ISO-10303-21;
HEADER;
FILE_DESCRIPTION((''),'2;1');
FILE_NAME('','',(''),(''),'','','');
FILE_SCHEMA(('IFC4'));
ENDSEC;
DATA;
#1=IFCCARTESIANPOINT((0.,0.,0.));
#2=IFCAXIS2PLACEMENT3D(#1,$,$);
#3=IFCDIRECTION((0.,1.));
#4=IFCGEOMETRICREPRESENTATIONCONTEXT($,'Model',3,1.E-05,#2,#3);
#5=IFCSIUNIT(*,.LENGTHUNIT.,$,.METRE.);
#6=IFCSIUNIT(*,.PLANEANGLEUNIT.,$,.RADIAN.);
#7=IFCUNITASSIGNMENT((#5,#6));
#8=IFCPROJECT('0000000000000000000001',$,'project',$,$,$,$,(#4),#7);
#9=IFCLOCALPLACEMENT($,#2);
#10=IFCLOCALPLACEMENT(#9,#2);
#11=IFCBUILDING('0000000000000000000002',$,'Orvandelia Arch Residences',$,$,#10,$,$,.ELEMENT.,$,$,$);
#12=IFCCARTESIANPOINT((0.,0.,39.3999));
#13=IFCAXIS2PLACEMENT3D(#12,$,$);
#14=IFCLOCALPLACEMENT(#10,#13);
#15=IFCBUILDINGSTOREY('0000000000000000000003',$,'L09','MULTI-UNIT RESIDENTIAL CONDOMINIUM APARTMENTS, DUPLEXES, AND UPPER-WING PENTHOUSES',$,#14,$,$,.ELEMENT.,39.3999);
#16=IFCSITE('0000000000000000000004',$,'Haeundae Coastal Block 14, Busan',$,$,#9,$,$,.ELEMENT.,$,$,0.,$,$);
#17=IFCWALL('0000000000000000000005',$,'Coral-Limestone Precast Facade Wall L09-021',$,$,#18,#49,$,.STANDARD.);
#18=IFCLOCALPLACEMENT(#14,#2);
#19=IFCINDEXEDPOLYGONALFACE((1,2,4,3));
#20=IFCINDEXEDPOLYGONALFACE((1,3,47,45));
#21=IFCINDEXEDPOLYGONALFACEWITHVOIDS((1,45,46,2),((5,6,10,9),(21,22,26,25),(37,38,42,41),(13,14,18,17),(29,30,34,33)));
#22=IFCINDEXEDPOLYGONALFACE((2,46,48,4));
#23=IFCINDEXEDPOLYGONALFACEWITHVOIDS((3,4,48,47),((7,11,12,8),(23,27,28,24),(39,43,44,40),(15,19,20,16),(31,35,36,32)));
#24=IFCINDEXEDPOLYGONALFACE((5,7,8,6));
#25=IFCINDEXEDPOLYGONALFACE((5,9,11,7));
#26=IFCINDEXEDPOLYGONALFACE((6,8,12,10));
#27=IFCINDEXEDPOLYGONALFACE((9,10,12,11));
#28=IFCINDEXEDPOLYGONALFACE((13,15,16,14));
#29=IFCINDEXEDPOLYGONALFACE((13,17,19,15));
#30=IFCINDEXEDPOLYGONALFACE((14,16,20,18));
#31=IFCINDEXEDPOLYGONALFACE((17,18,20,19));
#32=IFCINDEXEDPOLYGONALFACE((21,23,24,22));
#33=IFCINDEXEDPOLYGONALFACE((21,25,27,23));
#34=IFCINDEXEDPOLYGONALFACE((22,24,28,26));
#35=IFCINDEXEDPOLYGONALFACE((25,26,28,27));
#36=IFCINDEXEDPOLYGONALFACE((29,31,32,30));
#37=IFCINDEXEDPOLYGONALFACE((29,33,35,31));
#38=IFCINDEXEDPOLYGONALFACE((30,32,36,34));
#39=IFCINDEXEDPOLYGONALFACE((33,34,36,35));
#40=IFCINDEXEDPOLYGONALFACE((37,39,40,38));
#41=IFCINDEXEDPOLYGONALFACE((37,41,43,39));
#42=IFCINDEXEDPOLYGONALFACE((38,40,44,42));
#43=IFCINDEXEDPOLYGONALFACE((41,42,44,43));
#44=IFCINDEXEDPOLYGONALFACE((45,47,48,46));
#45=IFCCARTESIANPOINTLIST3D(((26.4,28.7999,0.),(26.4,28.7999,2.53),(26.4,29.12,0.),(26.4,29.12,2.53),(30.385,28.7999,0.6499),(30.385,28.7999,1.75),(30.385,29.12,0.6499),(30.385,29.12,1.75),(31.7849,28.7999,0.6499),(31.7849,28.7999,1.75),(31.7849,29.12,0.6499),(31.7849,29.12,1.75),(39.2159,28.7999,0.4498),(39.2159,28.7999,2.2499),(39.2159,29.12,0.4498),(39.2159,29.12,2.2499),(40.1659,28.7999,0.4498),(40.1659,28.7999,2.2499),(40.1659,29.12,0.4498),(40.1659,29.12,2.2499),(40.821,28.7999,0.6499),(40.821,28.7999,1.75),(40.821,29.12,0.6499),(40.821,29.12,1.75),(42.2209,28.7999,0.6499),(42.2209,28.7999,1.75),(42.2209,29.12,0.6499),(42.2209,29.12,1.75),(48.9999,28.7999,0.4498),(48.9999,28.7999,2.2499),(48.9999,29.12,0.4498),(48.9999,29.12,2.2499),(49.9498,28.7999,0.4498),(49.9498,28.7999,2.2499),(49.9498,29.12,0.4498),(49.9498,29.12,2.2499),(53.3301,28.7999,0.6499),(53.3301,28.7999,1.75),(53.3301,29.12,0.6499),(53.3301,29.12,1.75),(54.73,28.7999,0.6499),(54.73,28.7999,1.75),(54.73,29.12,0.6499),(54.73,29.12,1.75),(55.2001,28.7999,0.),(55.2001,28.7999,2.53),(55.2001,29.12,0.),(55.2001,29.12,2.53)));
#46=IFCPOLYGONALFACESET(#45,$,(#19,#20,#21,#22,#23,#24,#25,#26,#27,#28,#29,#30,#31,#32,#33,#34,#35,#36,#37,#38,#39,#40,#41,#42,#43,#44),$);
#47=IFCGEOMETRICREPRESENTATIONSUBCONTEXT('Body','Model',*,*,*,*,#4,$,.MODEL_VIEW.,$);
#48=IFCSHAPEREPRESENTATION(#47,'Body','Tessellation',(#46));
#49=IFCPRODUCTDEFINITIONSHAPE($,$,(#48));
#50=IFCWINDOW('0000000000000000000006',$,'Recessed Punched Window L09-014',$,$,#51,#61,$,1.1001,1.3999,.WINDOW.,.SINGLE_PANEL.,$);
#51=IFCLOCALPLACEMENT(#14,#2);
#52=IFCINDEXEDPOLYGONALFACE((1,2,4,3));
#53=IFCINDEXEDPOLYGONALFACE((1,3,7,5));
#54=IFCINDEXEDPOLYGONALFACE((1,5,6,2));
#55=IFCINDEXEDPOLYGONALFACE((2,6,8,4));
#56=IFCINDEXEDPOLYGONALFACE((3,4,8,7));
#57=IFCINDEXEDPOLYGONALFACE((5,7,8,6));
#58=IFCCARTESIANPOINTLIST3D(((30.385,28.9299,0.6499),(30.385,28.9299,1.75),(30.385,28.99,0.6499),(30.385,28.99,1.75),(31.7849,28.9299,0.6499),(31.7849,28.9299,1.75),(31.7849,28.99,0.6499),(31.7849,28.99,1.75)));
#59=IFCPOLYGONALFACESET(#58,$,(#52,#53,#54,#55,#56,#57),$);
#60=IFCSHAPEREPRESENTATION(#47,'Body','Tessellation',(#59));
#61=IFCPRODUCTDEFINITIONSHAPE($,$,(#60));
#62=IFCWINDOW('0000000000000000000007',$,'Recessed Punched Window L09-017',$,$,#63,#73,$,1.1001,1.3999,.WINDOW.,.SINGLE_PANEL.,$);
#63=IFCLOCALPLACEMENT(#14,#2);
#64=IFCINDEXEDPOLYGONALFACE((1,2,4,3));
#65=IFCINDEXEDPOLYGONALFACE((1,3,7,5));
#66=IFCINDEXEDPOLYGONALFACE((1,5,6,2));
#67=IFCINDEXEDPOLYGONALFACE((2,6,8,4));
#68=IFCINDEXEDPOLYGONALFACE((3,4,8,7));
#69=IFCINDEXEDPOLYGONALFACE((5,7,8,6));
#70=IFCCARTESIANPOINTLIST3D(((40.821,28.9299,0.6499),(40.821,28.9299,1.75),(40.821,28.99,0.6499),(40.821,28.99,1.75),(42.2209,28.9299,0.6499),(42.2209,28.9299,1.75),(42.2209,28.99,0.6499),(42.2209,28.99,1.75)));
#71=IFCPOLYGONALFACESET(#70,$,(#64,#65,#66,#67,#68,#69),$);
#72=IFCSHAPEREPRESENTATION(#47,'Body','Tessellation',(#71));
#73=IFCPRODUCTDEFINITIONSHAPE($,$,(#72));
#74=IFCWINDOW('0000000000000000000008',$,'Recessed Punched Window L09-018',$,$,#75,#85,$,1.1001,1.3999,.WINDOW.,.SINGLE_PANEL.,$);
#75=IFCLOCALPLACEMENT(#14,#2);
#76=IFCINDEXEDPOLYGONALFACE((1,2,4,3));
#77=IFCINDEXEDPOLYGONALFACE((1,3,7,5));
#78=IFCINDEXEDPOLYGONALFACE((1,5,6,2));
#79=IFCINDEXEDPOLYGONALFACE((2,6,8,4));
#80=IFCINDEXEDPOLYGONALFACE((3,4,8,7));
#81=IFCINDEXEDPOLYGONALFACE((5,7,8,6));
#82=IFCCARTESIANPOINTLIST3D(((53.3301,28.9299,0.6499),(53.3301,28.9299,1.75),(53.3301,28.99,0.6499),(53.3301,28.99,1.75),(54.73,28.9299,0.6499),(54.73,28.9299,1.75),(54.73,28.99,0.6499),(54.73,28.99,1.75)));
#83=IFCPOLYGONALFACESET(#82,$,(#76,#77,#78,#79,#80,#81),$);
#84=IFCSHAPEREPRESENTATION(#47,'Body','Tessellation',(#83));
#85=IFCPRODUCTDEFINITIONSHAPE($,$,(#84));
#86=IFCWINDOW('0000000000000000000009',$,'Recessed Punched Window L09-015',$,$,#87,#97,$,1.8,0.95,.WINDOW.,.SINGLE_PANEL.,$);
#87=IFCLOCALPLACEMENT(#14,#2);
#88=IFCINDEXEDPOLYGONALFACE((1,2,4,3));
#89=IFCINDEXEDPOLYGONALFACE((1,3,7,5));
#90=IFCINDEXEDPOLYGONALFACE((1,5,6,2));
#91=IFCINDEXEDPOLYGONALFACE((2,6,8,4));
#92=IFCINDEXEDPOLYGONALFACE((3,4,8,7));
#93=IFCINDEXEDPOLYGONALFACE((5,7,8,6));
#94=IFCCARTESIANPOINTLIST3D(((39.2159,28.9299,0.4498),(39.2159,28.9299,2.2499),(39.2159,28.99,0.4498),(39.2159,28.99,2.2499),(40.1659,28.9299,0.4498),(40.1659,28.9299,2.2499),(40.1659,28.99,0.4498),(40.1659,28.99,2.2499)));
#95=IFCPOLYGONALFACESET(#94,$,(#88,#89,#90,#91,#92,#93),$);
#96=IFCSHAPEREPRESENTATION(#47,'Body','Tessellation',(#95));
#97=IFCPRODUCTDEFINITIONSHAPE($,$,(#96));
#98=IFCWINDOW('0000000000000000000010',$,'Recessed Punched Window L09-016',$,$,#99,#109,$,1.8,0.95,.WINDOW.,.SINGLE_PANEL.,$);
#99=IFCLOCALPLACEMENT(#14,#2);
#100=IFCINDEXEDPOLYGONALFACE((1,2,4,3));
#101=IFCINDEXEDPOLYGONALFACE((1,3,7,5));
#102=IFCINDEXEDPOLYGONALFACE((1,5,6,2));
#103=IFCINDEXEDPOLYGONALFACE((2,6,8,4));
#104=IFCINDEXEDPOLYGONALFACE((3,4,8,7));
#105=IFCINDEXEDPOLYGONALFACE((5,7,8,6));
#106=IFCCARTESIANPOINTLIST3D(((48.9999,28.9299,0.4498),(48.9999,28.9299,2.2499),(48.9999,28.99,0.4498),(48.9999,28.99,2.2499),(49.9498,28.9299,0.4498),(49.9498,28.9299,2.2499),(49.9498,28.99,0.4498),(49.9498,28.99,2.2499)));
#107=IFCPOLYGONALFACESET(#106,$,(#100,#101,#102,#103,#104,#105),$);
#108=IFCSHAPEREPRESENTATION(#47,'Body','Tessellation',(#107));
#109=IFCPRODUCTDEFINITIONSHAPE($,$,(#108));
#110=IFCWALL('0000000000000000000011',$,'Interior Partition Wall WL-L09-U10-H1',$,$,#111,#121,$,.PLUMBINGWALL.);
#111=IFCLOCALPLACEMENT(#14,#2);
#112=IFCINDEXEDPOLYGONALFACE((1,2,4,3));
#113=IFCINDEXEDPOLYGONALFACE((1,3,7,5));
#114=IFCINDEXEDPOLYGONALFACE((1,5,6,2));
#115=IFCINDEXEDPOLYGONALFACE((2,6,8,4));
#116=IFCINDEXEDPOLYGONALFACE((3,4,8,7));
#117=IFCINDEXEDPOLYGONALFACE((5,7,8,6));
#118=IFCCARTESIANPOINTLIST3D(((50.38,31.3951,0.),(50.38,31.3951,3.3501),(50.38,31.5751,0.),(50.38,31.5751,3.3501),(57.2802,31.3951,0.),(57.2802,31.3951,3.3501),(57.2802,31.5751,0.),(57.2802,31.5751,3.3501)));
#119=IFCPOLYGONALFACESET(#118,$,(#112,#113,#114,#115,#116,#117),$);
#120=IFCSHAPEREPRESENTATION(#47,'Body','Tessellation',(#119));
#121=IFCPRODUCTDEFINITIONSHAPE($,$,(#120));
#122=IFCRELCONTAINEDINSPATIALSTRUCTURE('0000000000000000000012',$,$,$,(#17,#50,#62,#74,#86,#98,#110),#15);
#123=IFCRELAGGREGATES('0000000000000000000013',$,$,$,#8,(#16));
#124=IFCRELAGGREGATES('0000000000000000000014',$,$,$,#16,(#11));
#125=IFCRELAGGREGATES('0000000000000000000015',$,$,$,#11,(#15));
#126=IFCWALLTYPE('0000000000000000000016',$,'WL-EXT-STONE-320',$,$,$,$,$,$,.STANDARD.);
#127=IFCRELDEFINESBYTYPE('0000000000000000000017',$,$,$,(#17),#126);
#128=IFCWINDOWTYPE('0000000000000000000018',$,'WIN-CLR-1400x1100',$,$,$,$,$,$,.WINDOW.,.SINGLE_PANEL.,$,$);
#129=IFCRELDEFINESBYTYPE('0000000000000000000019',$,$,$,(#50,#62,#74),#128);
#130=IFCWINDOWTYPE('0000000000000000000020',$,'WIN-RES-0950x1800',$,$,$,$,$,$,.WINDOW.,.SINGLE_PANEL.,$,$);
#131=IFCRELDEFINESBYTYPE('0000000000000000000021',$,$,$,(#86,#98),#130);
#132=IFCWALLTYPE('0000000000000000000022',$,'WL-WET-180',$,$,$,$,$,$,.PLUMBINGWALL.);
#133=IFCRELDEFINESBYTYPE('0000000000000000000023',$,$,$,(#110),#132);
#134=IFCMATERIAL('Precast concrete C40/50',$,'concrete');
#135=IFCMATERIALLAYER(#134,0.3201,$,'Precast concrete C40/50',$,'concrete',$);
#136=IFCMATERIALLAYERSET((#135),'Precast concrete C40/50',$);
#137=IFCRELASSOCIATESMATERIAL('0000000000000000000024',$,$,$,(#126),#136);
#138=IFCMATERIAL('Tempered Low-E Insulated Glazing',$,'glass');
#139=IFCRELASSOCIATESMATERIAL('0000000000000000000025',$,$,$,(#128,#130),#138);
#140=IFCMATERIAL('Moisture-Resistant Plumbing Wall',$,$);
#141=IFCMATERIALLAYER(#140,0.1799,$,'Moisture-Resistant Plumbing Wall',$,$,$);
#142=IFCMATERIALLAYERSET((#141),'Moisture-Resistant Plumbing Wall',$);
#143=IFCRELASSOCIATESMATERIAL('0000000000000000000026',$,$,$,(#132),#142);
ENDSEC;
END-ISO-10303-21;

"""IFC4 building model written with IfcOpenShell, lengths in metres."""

from ifc_helpers import new_model, si_unit, direction, frame, frame_2d, origin, place, context, subcontext, project, spatial, rectangle, extrude, material, layer, layer_set, type_object, element, fill, save


model = new_model("IFC4")

# Units and contexts
model_context = context("Model", 3, precision=1e-05, world=origin(), true_north=direction((0.0, 1.0)))
body_context = subcontext(model_context, "Body", "Model", "MODEL_VIEW")
ifc_project = project(units=[si_unit("LENGTHUNIT", "METRE"), si_unit("PLANEANGLEUNIT", "RADIAN")], contexts=[model_context])

# Site, building, storey
site_placement = place(None, origin())
site = spatial("IfcSite", under=ifc_project, at=site_placement, Name="Haeundae Coastal Block 14, Busan", CompositionType="ELEMENT", RefElevation=0.0)
building_placement = place(site_placement, origin())
building = spatial("IfcBuilding", under=site, at=building_placement, Name="Orvandelia Arch Residences", CompositionType="ELEMENT")
storey_placement = place(building_placement, frame((0.0, 0.0, 39.3999)))
storey = spatial("IfcBuildingStorey", under=building, at=storey_placement, Name="L09", Description="MULTI-UNIT RESIDENTIAL CONDOMINIUM APARTMENTS, DUPLEXES, AND UPPER-WING PENTHOUSES", CompositionType="ELEMENT", Elevation=39.3999)

# Shared definitions
ifc_material_1 = material(Name="Precast concrete C40/50", Category="concrete")
ifc_layer_1 = layer(ifc_material_1, 0.3201, Name="Precast concrete C40/50", Category="concrete")
ifc_layer_set_1 = layer_set([ifc_layer_1], Name="Precast concrete C40/50")
wall_type_1 = type_object("IfcWallType", Name="WL-EXT-STONE-320", PredefinedType="STANDARD", material=ifc_layer_set_1)

# Wall, openings, windows
wall_1_placement = place(storey_placement, frame((55.2, 28.96, 0.0), z_axis=(0.0, 0.0, 1.0), x_axis=(-1.0, 0.0, 0.0)))
wall_1 = element("IfcWall", 1, at=wall_1_placement, inside=storey, type_object=wall_type_1, Name="Coral-Limestone Precast Facade Wall L09-021", PredefinedType="STANDARD", context=body_context, shape_type="SweptSolid", body=[
    extrude(rectangle(XDim=28.8, YDim=0.3201, at=frame_2d((14.3999, 0.0))), origin(), (0.0, 0.0, 1.0), 2.53),
])
opening_1_placement = place(wall_1_placement, frame((23.415, 0.0, 0.6499)))
opening_1 = element("IfcOpeningElement", 2, at=opening_1_placement, cuts=wall_1, PredefinedType="OPENING", context=body_context, shape_type="SweptSolid", body=[
    extrude(rectangle(XDim=1.3999, YDim=1.1001, at=frame_2d((0.7, 0.55))), frame((0.0, 0.1699, 0.0), z_axis=(0.0, -1.0, 0.0), x_axis=(1.0, 0.0, 0.0)), (0.0, 0.0, 1.0), 0.3401),
])
opening_2_placement = place(wall_1_placement, frame((15.0339, 0.0, 0.45)))
opening_2 = element("IfcOpeningElement", 3, at=opening_2_placement, cuts=wall_1, PredefinedType="OPENING", context=body_context, shape_type="SweptSolid", body=[
    extrude(rectangle(XDim=0.95, YDim=1.8, at=frame_2d((0.4751, 0.8999))), frame((0.0, 0.1699, 0.0), z_axis=(0.0, -1.0, 0.0), x_axis=(1.0, 0.0, 0.0)), (0.0, 0.0, 1.0), 0.3401),
])
opening_3_placement = place(wall_1_placement, frame((5.25, 0.0, 0.45)))
opening_3 = element("IfcOpeningElement", 4, at=opening_3_placement, cuts=wall_1, PredefinedType="OPENING", context=body_context, shape_type="SweptSolid", body=[
    extrude(rectangle(XDim=0.95, YDim=1.8, at=frame_2d((0.4751, 0.8999))), frame((0.0, 0.1699, 0.0), z_axis=(0.0, -1.0, 0.0), x_axis=(1.0, 0.0, 0.0)), (0.0, 0.0, 1.0), 0.3401),
])
opening_4_placement = place(wall_1_placement, frame((12.979, 0.0, 0.6499)))
opening_4 = element("IfcOpeningElement", 5, at=opening_4_placement, cuts=wall_1, PredefinedType="OPENING", context=body_context, shape_type="SweptSolid", body=[
    extrude(rectangle(XDim=1.3999, YDim=1.1001, at=frame_2d((0.7, 0.55))), frame((0.0, 0.1699, 0.0), z_axis=(0.0, -1.0, 0.0), x_axis=(1.0, 0.0, 0.0)), (0.0, 0.0, 1.0), 0.3401),
])
opening_5_placement = place(wall_1_placement, frame((0.47, 0.0, 0.6499)))
opening_5 = element("IfcOpeningElement", 6, at=opening_5_placement, cuts=wall_1, PredefinedType="OPENING", context=body_context, shape_type="SweptSolid", body=[
    extrude(rectangle(XDim=1.3999, YDim=1.1001, at=frame_2d((0.7, 0.55))), frame((0.0, 0.1699, 0.0), z_axis=(0.0, -1.0, 0.0), x_axis=(1.0, 0.0, 0.0)), (0.0, 0.0, 1.0), 0.3401),
])
ifc_material_2 = material(Name="Tempered Low-E Insulated Glazing", Category="glass")
window_type_1 = type_object("IfcWindowType", Name="WIN-CLR-1400x1100", PartitioningType="SINGLE_PANEL", PredefinedType="WINDOW", material=ifc_material_2)
window_1_placement = place(opening_1_placement, origin())
window_1 = element("IfcWindow", 7, at=window_1_placement, inside=storey, type_object=window_type_1, Name="Recessed Punched Window L09-014", OverallHeight=1.1001, OverallWidth=1.3999, PartitioningType="SINGLE_PANEL", PredefinedType="WINDOW", context=body_context, shape_type="SweptSolid", body=[
    extrude(rectangle(XDim=1.3999, YDim=1.1001, at=frame_2d((0.7, 0.55))), frame((0.0, 0.03, 0.0), z_axis=(0.0, -1.0, 0.0), x_axis=(1.0, 0.0, 0.0)), (0.0, 0.0, 1.0), 0.0601),
])
fill(opening_1, window_1)
window_2_placement = place(opening_4_placement, origin())
window_2 = element("IfcWindow", 8, at=window_2_placement, inside=storey, type_object=window_type_1, Name="Recessed Punched Window L09-017", OverallHeight=1.1001, OverallWidth=1.3999, PartitioningType="SINGLE_PANEL", PredefinedType="WINDOW", context=body_context, shape_type="SweptSolid", body=[
    extrude(rectangle(XDim=1.3999, YDim=1.1001, at=frame_2d((0.7, 0.55))), frame((0.0, 0.03, 0.0), z_axis=(0.0, -1.0, 0.0), x_axis=(1.0, 0.0, 0.0)), (0.0, 0.0, 1.0), 0.0601),
])
fill(opening_4, window_2)
window_3_placement = place(opening_5_placement, origin())
window_3 = element("IfcWindow", 9, at=window_3_placement, inside=storey, type_object=window_type_1, Name="Recessed Punched Window L09-018", OverallHeight=1.1001, OverallWidth=1.3999, PartitioningType="SINGLE_PANEL", PredefinedType="WINDOW", context=body_context, shape_type="SweptSolid", body=[
    extrude(rectangle(XDim=1.3999, YDim=1.1001, at=frame_2d((0.7, 0.55))), frame((0.0, 0.03, 0.0), z_axis=(0.0, -1.0, 0.0), x_axis=(1.0, 0.0, 0.0)), (0.0, 0.0, 1.0), 0.0601),
])
fill(opening_5, window_3)
window_type_2 = type_object("IfcWindowType", Name="WIN-RES-0950x1800", PartitioningType="SINGLE_PANEL", PredefinedType="WINDOW", material=ifc_material_2)
window_4_placement = place(opening_2_placement, origin())
window_4 = element("IfcWindow", 10, at=window_4_placement, inside=storey, type_object=window_type_2, Name="Recessed Punched Window L09-015", OverallHeight=1.8, OverallWidth=0.95, PartitioningType="SINGLE_PANEL", PredefinedType="WINDOW", context=body_context, shape_type="SweptSolid", body=[
    extrude(rectangle(XDim=0.95, YDim=1.8, at=frame_2d((0.4751, 0.8999))), frame((0.0, 0.03, 0.0), z_axis=(0.0, -1.0, 0.0), x_axis=(1.0, 0.0, 0.0)), (0.0, 0.0, 1.0), 0.0601),
])
fill(opening_2, window_4)
window_5_placement = place(opening_3_placement, origin())
window_5 = element("IfcWindow", 11, at=window_5_placement, inside=storey, type_object=window_type_2, Name="Recessed Punched Window L09-016", OverallHeight=1.8, OverallWidth=0.95, PartitioningType="SINGLE_PANEL", PredefinedType="WINDOW", context=body_context, shape_type="SweptSolid", body=[
    extrude(rectangle(XDim=0.95, YDim=1.8, at=frame_2d((0.4751, 0.8999))), frame((0.0, 0.03, 0.0), z_axis=(0.0, -1.0, 0.0), x_axis=(1.0, 0.0, 0.0)), (0.0, 0.0, 1.0), 0.0601),
])
fill(opening_3, window_5)

# Wall
ifc_material_3 = material(Name="Moisture-Resistant Plumbing Wall")
ifc_layer_2 = layer(ifc_material_3, 0.1799, Name="Moisture-Resistant Plumbing Wall")
ifc_layer_set_2 = layer_set([ifc_layer_2], Name="Moisture-Resistant Plumbing Wall")
wall_type_2 = type_object("IfcWallType", Name="WL-WET-180", PredefinedType="PLUMBINGWALL", material=ifc_layer_set_2)
wall_2_placement = place(storey_placement, frame((50.3799, 31.4851, 0.0), z_axis=(0.0, 0.0, 1.0), x_axis=(1.0, 0.0, 0.0)))
element("IfcWall", 12, at=wall_2_placement, inside=storey, type_object=wall_type_2, Name="Interior Partition Wall WL-L09-U10-H1", PredefinedType="PLUMBINGWALL", context=body_context, shape_type="SweptSolid", body=[
    extrude(rectangle(XDim=6.9001, YDim=0.1799, at=frame_2d((3.4502, 0.0))), origin(), (0.0, 0.0, 1.0), 3.3501),
])

save(model, "model.ifc")
